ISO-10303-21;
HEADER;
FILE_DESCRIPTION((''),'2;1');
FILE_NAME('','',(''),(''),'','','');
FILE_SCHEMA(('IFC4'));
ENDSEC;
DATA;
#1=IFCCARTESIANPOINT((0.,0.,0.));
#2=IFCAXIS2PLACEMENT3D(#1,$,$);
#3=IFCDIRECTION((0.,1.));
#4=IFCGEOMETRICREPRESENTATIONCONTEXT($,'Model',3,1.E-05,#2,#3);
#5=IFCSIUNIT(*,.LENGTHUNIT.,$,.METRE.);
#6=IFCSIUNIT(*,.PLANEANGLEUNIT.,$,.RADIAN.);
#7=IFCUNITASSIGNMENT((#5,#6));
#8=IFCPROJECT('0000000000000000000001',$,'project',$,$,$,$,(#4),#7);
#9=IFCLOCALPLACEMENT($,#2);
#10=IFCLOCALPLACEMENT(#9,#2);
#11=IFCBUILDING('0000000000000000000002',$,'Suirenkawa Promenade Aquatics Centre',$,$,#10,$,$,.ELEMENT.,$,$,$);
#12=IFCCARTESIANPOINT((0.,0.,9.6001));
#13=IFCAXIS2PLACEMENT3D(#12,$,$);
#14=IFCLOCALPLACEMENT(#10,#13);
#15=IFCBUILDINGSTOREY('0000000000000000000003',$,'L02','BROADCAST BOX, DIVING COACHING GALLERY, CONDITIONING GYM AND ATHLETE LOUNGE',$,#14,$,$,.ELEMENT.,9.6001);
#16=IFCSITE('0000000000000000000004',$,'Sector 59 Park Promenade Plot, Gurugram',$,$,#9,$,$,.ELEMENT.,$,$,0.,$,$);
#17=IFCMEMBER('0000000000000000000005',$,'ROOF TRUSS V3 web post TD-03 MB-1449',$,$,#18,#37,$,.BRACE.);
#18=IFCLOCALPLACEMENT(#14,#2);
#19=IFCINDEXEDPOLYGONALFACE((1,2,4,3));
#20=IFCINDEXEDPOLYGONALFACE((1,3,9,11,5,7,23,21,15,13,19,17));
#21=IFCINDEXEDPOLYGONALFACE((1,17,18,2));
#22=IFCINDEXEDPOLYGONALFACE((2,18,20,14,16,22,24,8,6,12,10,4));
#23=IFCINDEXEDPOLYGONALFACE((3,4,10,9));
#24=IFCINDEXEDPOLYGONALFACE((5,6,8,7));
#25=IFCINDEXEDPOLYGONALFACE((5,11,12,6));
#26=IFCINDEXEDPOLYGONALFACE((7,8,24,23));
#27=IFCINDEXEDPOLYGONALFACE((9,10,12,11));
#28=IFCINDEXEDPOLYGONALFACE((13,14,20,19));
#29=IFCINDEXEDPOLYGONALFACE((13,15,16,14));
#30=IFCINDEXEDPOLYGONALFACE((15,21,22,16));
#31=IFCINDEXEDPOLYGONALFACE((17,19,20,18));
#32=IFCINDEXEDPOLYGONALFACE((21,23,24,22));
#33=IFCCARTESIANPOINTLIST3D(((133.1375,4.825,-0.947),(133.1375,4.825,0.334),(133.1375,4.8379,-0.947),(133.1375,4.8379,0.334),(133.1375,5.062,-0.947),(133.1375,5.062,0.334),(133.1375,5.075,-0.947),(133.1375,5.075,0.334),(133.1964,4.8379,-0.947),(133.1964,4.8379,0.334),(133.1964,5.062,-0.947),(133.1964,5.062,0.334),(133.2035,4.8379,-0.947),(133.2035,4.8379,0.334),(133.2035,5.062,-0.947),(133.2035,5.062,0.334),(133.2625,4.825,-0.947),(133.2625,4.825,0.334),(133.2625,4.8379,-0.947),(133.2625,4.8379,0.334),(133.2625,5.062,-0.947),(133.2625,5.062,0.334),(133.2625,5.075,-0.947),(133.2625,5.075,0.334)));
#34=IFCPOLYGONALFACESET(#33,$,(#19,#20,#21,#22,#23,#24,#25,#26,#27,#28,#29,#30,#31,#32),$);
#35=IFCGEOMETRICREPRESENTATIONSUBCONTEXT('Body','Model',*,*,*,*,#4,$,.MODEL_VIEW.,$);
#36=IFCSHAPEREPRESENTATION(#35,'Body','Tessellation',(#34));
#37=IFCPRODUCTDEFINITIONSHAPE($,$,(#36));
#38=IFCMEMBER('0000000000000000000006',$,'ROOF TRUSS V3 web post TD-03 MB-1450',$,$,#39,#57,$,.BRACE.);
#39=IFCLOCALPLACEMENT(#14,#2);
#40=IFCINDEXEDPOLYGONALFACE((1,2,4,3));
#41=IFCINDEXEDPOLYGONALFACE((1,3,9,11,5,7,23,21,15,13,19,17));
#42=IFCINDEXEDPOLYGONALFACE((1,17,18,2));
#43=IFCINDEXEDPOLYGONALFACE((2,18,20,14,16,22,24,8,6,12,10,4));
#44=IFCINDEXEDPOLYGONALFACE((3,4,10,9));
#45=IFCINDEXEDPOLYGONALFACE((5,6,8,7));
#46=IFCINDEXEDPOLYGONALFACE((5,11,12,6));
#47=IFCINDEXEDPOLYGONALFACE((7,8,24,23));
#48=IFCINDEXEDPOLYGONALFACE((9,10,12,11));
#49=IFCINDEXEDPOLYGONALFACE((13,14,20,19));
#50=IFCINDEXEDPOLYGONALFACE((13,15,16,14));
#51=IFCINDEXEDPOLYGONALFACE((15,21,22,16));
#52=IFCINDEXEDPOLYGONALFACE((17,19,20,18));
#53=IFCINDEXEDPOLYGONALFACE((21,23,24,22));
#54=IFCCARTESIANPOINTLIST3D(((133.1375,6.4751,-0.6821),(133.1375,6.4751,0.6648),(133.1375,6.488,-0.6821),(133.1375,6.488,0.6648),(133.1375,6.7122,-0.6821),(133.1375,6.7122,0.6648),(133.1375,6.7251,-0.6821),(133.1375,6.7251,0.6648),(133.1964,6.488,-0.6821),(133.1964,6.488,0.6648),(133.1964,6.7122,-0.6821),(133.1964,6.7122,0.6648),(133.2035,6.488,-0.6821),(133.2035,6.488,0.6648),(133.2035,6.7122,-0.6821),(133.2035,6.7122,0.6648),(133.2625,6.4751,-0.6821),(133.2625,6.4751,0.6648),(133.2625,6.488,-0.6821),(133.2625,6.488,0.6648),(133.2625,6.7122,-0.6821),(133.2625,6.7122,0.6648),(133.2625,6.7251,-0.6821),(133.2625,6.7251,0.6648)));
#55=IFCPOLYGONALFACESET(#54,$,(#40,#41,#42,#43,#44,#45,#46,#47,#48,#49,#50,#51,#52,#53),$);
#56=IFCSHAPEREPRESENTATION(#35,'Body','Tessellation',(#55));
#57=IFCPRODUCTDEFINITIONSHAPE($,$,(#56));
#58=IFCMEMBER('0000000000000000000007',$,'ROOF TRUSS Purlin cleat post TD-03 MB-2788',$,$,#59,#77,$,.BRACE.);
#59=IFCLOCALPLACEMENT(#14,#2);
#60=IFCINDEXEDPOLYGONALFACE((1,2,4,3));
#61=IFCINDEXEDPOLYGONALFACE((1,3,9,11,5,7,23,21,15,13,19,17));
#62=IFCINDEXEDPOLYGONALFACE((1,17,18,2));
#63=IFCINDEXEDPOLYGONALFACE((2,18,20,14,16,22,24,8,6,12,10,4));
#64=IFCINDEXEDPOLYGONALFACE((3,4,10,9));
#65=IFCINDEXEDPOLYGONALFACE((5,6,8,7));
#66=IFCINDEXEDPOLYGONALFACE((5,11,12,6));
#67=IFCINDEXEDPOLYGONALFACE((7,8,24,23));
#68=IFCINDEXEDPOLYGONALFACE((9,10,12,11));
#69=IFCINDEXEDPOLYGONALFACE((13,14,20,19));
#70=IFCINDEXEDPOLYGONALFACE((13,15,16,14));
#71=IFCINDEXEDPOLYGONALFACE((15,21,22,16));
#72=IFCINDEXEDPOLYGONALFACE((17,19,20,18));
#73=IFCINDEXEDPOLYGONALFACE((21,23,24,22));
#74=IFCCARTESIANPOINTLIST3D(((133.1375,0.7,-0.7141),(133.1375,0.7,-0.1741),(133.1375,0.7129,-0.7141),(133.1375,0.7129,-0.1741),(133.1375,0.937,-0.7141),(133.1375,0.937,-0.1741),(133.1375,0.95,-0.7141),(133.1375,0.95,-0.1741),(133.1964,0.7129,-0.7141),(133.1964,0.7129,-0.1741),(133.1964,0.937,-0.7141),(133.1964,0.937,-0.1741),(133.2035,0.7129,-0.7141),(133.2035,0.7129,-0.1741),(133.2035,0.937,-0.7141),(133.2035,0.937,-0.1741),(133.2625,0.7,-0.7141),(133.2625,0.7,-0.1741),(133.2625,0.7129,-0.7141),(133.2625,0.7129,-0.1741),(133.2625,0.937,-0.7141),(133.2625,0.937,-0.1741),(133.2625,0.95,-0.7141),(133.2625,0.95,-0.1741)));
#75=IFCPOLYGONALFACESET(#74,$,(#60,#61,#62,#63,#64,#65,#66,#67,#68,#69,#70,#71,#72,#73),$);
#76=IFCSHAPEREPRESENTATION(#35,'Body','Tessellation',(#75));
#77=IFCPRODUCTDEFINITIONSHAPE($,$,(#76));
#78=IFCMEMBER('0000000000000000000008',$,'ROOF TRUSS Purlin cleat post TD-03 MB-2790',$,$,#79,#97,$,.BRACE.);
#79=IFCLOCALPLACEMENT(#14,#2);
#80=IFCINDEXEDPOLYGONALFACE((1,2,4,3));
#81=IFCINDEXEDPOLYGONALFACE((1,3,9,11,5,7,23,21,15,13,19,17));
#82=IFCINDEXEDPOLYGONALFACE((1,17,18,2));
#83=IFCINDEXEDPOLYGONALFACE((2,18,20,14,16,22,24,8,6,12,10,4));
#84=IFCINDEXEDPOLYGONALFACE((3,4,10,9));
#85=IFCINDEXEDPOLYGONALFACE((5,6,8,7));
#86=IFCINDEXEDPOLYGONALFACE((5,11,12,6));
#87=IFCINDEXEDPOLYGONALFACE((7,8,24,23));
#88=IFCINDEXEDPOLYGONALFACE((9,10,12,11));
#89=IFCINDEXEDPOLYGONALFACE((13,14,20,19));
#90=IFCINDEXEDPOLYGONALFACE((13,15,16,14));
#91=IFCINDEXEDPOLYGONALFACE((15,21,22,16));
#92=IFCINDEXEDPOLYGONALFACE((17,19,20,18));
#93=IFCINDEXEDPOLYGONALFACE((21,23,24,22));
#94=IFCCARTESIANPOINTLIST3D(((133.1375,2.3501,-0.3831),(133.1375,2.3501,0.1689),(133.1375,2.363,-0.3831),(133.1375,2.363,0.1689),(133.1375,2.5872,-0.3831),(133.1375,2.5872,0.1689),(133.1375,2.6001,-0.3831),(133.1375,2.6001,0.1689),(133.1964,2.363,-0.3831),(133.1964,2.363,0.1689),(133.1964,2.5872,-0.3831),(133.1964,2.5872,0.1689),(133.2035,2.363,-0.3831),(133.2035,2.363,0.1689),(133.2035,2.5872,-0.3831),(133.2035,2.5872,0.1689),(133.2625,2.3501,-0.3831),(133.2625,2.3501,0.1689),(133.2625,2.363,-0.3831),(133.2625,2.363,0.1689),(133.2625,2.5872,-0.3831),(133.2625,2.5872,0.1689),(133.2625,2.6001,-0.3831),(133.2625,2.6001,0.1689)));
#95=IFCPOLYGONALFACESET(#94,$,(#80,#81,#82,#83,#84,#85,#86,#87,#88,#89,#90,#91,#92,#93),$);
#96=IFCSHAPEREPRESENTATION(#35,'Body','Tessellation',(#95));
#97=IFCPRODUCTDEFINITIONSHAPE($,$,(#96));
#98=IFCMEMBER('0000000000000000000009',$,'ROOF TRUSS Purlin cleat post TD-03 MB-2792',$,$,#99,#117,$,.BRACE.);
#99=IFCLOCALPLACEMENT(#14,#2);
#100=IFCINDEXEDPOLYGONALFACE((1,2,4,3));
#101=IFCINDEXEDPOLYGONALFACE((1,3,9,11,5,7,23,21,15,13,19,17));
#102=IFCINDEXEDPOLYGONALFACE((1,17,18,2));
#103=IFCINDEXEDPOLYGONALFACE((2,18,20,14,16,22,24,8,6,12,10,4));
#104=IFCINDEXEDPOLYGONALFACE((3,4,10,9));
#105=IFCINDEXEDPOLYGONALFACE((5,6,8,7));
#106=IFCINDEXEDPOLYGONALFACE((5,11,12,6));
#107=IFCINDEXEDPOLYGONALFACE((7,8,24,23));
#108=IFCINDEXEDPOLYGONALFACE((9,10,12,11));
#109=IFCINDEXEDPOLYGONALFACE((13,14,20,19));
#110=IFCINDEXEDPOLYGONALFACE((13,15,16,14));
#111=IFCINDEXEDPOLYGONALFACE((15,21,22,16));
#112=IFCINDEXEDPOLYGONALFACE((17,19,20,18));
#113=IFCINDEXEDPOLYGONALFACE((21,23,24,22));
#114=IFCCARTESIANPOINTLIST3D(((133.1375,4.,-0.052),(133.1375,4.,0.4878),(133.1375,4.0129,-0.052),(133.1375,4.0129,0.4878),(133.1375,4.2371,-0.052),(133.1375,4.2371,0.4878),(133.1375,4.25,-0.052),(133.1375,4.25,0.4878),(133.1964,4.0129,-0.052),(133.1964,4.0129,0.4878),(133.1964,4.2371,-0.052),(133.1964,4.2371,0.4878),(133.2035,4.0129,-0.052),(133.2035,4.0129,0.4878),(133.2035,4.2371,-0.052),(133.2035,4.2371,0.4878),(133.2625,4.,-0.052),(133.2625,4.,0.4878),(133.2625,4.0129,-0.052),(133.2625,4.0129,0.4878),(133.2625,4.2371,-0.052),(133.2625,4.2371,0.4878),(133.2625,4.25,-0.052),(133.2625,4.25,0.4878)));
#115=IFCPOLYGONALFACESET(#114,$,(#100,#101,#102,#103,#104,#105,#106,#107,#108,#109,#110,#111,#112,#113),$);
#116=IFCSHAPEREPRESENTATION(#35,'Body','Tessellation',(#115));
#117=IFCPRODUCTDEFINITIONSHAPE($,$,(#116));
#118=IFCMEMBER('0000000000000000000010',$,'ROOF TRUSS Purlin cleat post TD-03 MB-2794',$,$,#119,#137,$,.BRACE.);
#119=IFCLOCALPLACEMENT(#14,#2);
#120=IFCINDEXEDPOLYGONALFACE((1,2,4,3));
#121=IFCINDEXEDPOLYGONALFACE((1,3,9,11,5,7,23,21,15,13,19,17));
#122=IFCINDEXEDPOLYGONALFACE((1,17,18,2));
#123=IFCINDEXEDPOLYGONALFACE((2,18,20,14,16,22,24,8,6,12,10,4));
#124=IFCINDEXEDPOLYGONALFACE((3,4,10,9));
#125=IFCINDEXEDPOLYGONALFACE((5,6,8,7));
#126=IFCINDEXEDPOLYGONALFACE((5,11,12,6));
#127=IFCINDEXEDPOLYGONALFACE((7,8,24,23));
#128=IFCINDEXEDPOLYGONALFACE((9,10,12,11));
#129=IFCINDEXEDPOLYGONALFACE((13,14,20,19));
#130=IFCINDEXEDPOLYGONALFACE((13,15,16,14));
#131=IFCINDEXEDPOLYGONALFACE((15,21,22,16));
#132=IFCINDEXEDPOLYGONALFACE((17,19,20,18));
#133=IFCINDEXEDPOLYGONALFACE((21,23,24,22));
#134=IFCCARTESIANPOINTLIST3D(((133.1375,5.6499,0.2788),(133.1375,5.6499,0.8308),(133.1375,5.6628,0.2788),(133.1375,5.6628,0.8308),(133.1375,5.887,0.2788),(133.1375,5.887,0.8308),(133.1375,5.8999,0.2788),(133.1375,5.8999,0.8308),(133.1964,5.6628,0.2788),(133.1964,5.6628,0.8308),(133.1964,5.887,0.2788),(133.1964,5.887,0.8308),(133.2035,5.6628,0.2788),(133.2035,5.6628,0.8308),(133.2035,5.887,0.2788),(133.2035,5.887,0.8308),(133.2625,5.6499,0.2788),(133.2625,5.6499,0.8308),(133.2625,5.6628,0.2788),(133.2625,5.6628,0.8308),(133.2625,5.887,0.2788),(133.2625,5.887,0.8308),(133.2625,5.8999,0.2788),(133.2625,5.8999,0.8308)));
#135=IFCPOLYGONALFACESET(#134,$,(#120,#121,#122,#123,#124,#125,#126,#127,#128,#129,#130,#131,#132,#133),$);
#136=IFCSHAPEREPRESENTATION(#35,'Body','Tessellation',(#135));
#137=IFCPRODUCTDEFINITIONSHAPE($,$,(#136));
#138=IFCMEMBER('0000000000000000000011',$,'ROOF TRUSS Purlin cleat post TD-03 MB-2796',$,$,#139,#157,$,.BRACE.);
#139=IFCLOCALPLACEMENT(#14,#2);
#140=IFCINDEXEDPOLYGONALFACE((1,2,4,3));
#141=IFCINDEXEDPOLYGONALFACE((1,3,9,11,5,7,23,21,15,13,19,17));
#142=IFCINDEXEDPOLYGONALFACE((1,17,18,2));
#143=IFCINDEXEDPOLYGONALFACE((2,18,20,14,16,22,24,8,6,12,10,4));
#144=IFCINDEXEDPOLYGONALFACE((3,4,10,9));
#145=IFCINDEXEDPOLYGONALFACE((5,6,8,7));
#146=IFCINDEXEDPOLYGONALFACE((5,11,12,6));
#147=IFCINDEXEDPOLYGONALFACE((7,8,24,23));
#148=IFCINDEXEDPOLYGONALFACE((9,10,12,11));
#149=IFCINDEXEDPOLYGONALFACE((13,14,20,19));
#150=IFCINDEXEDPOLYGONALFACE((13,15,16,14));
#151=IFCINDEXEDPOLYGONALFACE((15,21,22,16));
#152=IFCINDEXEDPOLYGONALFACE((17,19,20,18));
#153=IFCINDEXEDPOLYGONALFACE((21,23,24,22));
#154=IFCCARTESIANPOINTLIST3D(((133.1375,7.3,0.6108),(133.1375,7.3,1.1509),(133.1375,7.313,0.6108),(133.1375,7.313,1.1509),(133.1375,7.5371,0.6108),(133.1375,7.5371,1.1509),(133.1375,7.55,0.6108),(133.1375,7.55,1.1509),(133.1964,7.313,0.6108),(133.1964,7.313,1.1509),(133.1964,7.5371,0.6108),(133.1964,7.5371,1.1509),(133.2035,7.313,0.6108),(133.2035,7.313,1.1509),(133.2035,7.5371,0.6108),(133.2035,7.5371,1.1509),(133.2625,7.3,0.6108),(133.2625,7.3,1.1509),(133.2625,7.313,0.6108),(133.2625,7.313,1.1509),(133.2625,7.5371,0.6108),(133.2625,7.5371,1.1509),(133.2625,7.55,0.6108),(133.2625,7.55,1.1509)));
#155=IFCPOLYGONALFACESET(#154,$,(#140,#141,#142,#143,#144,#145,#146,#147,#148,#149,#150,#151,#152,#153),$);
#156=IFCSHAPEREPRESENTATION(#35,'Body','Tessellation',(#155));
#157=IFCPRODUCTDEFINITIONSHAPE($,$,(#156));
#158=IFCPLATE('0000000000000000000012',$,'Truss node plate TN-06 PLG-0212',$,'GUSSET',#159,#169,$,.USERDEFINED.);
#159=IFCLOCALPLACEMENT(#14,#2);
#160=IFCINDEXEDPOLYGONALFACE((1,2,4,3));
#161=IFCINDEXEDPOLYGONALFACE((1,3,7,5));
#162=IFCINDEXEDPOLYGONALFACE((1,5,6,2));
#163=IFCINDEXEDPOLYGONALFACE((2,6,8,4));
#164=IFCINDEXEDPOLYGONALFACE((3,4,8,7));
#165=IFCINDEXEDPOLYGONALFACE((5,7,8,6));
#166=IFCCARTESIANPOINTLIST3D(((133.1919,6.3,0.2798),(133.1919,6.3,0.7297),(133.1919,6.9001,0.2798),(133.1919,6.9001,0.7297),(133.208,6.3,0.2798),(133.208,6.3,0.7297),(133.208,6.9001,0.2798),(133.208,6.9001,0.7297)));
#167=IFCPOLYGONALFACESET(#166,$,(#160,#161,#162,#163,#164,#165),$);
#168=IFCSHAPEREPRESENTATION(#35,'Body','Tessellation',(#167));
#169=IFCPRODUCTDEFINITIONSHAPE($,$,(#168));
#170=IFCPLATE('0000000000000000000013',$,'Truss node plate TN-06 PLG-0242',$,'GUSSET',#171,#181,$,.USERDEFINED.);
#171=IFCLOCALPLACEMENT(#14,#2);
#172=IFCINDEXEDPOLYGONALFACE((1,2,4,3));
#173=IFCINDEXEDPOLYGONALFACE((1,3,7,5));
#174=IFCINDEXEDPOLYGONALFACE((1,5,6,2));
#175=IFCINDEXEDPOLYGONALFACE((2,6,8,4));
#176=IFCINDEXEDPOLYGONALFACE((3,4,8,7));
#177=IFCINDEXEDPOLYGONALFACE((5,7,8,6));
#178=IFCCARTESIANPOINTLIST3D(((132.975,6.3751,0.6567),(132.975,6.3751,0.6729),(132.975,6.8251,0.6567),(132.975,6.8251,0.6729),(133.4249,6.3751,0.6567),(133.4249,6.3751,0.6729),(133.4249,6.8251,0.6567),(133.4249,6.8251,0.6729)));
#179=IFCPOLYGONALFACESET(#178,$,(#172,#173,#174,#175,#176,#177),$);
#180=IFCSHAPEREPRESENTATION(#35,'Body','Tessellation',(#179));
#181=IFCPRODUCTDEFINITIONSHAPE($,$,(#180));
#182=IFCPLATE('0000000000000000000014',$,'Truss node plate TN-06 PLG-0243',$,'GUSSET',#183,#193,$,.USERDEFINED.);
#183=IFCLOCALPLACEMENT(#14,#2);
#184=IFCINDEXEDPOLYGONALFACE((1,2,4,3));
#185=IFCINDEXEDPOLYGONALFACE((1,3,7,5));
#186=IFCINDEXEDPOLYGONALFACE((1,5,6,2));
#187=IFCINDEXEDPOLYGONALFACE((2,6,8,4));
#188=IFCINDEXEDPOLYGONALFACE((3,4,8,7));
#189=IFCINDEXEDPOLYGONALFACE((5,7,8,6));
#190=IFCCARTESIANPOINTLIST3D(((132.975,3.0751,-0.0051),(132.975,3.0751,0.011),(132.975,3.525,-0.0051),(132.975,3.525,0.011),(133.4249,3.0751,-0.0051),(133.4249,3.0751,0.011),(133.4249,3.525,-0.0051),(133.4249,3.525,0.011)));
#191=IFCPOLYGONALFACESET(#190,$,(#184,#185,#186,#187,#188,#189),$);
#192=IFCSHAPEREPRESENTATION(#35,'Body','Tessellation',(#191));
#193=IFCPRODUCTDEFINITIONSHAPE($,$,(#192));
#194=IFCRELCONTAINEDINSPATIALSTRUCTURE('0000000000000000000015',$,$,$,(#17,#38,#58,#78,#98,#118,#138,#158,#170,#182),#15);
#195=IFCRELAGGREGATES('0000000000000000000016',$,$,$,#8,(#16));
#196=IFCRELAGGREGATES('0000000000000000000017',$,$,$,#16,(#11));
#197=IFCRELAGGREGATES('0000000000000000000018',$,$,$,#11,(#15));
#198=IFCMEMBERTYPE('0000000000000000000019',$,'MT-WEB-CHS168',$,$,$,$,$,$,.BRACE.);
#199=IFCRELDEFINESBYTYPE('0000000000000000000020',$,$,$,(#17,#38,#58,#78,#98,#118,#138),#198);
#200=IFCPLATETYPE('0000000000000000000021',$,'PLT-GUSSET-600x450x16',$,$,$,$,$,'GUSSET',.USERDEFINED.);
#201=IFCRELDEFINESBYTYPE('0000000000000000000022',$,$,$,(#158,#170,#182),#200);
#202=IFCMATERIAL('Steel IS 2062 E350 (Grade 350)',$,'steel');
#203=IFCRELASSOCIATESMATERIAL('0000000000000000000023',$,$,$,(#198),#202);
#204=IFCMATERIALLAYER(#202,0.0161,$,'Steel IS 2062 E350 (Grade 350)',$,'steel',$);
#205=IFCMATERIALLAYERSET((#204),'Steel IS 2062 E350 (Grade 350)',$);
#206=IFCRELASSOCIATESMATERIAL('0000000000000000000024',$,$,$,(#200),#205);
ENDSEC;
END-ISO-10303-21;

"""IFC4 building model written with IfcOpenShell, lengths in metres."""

from ifc_helpers import new_model, si_unit, direction, frame, origin, origin_2d, place, context, subcontext, project, spatial, rectangle, i_section, extrude, material, layer, layer_set, material_profile, profile_set, type_object, element, save


model = new_model("IFC4")

# Units and contexts
model_context = context("Model", 3, precision=1e-05, world=origin(), true_north=direction((0.0, 1.0)))
body_context = subcontext(model_context, "Body", "Model", "MODEL_VIEW")
ifc_project = project(units=[si_unit("LENGTHUNIT", "METRE"), si_unit("PLANEANGLEUNIT", "RADIAN")], contexts=[model_context])

# Site, building, storey
site_placement = place(None, origin())
site = spatial("IfcSite", under=ifc_project, at=site_placement, Name="Sector 59 Park Promenade Plot, Gurugram", CompositionType="ELEMENT", RefElevation=0.0)
building_placement = place(site_placement, origin())
building = spatial("IfcBuilding", under=site, at=building_placement, Name="Suirenkawa Promenade Aquatics Centre", CompositionType="ELEMENT")
storey_placement = place(building_placement, frame((0.0, 0.0, 9.6001)))
storey = spatial("IfcBuildingStorey", under=building, at=storey_placement, Name="L02", Description="BROADCAST BOX, DIVING COACHING GALLERY, CONDITIONING GYM AND ATHLETE LOUNGE", CompositionType="ELEMENT", Elevation=9.6001)

# Shared definitions
ifc_material_1 = material(Name="Steel IS 2062 E350 (Grade 350)", Category="steel")

# Members
ifc_material_profile_1 = material_profile(ifc_material_1, i_section(OverallWidth=0.125, OverallDepth=0.25, WebThickness=0.0071, FlangeThickness=0.0129, at=origin_2d()), Name="ISMB 250", Category="steel")
ifc_profile_set_1 = profile_set([ifc_material_profile_1], Name="Steel IS 2062 E350 (Grade 350)")
member_type_1 = type_object("IfcMemberType", Name="MT-WEB-CHS168", PredefinedType="BRACE", material=ifc_profile_set_1)
member_1_placement = place(storey_placement, frame((133.2, 4.95, -0.947), z_axis=(0.0, 0.0, 1.0), x_axis=(1.0, 0.0, 0.0)))
element("IfcMember", 1, at=member_1_placement, inside=storey, type_object=member_type_1, Name="ROOF TRUSS V3 web post TD-03 MB-1449", PredefinedType="BRACE", context=body_context, shape_type="SweptSolid", body=[
    extrude(i_section(OverallWidth=0.125, OverallDepth=0.25, WebThickness=0.0071, FlangeThickness=0.0129, at=origin_2d()), origin(), (0.0, 0.0, 1.0), 1.281),
])
member_2_placement = place(storey_placement, frame((133.2, 6.6001, -0.6821), z_axis=(0.0, 0.0, 1.0), x_axis=(1.0, 0.0, 0.0)))
element("IfcMember", 2, at=member_2_placement, inside=storey, type_object=member_type_1, Name="ROOF TRUSS V3 web post TD-03 MB-1450", PredefinedType="BRACE", context=body_context, shape_type="SweptSolid", body=[
    extrude(i_section(OverallWidth=0.125, OverallDepth=0.25, WebThickness=0.0071, FlangeThickness=0.0129, at=origin_2d()), origin(), (0.0, 0.0, 1.0), 1.3469),
])
member_3_placement = place(storey_placement, frame((133.2, 0.825, -0.7141), z_axis=(0.0, 0.0, 1.0), x_axis=(1.0, 0.0, 0.0)))
element("IfcMember", 3, at=member_3_placement, inside=storey, type_object=member_type_1, Name="ROOF TRUSS Purlin cleat post TD-03 MB-2788", PredefinedType="BRACE", context=body_context, shape_type="SweptSolid", body=[
    extrude(i_section(OverallWidth=0.125, OverallDepth=0.25, WebThickness=0.0071, FlangeThickness=0.0129, at=origin_2d()), origin(), (0.0, 0.0, 1.0), 0.54),
])
member_4_placement = place(storey_placement, frame((133.2, 2.4751, -0.3831), z_axis=(0.0, 0.0, 1.0), x_axis=(1.0, 0.0, 0.0)))
element("IfcMember", 4, at=member_4_placement, inside=storey, type_object=member_type_1, Name="ROOF TRUSS Purlin cleat post TD-03 MB-2790", PredefinedType="BRACE", context=body_context, shape_type="SweptSolid", body=[
    extrude(i_section(OverallWidth=0.125, OverallDepth=0.25, WebThickness=0.0071, FlangeThickness=0.0129, at=origin_2d()), origin(), (0.0, 0.0, 1.0), 0.552),
])
member_5_placement = place(storey_placement, frame((133.2, 4.125, -0.052), z_axis=(0.0, 0.0, 1.0), x_axis=(1.0, 0.0, 0.0)))
element("IfcMember", 5, at=member_5_placement, inside=storey, type_object=member_type_1, Name="ROOF TRUSS Purlin cleat post TD-03 MB-2792", PredefinedType="BRACE", context=body_context, shape_type="SweptSolid", body=[
    extrude(i_section(OverallWidth=0.125, OverallDepth=0.25, WebThickness=0.0071, FlangeThickness=0.0129, at=origin_2d()), origin(), (0.0, 0.0, 1.0), 0.5398),
])
member_6_placement = place(storey_placement, frame((133.2, 5.7749, 0.2788), z_axis=(0.0, 0.0, 1.0), x_axis=(1.0, 0.0, 0.0)))
element("IfcMember", 6, at=member_6_placement, inside=storey, type_object=member_type_1, Name="ROOF TRUSS Purlin cleat post TD-03 MB-2794", PredefinedType="BRACE", context=body_context, shape_type="SweptSolid", body=[
    extrude(i_section(OverallWidth=0.125, OverallDepth=0.25, WebThickness=0.0071, FlangeThickness=0.0129, at=origin_2d()), origin(), (0.0, 0.0, 1.0), 0.552),
])
member_7_placement = place(storey_placement, frame((133.2, 7.425, 0.6108), z_axis=(0.0, 0.0, 1.0), x_axis=(1.0, 0.0, 0.0)))
element("IfcMember", 7, at=member_7_placement, inside=storey, type_object=member_type_1, Name="ROOF TRUSS Purlin cleat post TD-03 MB-2796", PredefinedType="BRACE", context=body_context, shape_type="SweptSolid", body=[
    extrude(i_section(OverallWidth=0.125, OverallDepth=0.25, WebThickness=0.0071, FlangeThickness=0.0129, at=origin_2d()), origin(), (0.0, 0.0, 1.0), 0.54),
])

# Plates
ifc_layer_1 = layer(ifc_material_1, 0.0161, Name="Steel IS 2062 E350 (Grade 350)", Category="steel")
ifc_layer_set_1 = layer_set([ifc_layer_1], Name="Steel IS 2062 E350 (Grade 350)")
plate_type = type_object("IfcPlateType", Name="PLT-GUSSET-600x450x16", ElementType="GUSSET", PredefinedType="USERDEFINED", material=ifc_layer_set_1)
plate_placement = place(storey_placement, frame((133.2, 6.6001, 0.2798), z_axis=(0.0, 0.0, 1.0), x_axis=(0.0, 1.0, 0.0)))
element("IfcPlate", 8, at=plate_placement, inside=storey, type_object=plate_type, Name="Truss node plate TN-06 PLG-0212", ObjectType="GUSSET", PredefinedType="USERDEFINED", context=body_context, shape_type="SweptSolid", body=[
    extrude(rectangle(XDim=0.6001, YDim=0.0161, at=origin_2d()), origin(), (0.0, 0.0, 1.0), 0.45),
])
for number, where, z_axis, x_axis, name in (
    (9, (133.2, 6.6001, 0.6567), (0.0, 0.0, 1.0), (1.0, 0.0, 0.0), "Truss node plate TN-06 PLG-0242"),
    (10, (133.2, 3.3, -0.0051), (0.0, 0.0, 1.0), (1.0, 0.0, 0.0), "Truss node plate TN-06 PLG-0243"),
):
    element("IfcPlate", number, at=place(storey_placement, frame(where, z_axis=z_axis, x_axis=x_axis)), inside=storey, type_object=plate_type, Name=name, ObjectType="GUSSET", PredefinedType="USERDEFINED", context=body_context, shape_type="SweptSolid", body=[
        extrude(rectangle(XDim=0.45, YDim=0.45, at=origin_2d()), origin(), (0.0, 0.0, 1.0), 0.0161),
    ])

save(model, "model.ifc")
